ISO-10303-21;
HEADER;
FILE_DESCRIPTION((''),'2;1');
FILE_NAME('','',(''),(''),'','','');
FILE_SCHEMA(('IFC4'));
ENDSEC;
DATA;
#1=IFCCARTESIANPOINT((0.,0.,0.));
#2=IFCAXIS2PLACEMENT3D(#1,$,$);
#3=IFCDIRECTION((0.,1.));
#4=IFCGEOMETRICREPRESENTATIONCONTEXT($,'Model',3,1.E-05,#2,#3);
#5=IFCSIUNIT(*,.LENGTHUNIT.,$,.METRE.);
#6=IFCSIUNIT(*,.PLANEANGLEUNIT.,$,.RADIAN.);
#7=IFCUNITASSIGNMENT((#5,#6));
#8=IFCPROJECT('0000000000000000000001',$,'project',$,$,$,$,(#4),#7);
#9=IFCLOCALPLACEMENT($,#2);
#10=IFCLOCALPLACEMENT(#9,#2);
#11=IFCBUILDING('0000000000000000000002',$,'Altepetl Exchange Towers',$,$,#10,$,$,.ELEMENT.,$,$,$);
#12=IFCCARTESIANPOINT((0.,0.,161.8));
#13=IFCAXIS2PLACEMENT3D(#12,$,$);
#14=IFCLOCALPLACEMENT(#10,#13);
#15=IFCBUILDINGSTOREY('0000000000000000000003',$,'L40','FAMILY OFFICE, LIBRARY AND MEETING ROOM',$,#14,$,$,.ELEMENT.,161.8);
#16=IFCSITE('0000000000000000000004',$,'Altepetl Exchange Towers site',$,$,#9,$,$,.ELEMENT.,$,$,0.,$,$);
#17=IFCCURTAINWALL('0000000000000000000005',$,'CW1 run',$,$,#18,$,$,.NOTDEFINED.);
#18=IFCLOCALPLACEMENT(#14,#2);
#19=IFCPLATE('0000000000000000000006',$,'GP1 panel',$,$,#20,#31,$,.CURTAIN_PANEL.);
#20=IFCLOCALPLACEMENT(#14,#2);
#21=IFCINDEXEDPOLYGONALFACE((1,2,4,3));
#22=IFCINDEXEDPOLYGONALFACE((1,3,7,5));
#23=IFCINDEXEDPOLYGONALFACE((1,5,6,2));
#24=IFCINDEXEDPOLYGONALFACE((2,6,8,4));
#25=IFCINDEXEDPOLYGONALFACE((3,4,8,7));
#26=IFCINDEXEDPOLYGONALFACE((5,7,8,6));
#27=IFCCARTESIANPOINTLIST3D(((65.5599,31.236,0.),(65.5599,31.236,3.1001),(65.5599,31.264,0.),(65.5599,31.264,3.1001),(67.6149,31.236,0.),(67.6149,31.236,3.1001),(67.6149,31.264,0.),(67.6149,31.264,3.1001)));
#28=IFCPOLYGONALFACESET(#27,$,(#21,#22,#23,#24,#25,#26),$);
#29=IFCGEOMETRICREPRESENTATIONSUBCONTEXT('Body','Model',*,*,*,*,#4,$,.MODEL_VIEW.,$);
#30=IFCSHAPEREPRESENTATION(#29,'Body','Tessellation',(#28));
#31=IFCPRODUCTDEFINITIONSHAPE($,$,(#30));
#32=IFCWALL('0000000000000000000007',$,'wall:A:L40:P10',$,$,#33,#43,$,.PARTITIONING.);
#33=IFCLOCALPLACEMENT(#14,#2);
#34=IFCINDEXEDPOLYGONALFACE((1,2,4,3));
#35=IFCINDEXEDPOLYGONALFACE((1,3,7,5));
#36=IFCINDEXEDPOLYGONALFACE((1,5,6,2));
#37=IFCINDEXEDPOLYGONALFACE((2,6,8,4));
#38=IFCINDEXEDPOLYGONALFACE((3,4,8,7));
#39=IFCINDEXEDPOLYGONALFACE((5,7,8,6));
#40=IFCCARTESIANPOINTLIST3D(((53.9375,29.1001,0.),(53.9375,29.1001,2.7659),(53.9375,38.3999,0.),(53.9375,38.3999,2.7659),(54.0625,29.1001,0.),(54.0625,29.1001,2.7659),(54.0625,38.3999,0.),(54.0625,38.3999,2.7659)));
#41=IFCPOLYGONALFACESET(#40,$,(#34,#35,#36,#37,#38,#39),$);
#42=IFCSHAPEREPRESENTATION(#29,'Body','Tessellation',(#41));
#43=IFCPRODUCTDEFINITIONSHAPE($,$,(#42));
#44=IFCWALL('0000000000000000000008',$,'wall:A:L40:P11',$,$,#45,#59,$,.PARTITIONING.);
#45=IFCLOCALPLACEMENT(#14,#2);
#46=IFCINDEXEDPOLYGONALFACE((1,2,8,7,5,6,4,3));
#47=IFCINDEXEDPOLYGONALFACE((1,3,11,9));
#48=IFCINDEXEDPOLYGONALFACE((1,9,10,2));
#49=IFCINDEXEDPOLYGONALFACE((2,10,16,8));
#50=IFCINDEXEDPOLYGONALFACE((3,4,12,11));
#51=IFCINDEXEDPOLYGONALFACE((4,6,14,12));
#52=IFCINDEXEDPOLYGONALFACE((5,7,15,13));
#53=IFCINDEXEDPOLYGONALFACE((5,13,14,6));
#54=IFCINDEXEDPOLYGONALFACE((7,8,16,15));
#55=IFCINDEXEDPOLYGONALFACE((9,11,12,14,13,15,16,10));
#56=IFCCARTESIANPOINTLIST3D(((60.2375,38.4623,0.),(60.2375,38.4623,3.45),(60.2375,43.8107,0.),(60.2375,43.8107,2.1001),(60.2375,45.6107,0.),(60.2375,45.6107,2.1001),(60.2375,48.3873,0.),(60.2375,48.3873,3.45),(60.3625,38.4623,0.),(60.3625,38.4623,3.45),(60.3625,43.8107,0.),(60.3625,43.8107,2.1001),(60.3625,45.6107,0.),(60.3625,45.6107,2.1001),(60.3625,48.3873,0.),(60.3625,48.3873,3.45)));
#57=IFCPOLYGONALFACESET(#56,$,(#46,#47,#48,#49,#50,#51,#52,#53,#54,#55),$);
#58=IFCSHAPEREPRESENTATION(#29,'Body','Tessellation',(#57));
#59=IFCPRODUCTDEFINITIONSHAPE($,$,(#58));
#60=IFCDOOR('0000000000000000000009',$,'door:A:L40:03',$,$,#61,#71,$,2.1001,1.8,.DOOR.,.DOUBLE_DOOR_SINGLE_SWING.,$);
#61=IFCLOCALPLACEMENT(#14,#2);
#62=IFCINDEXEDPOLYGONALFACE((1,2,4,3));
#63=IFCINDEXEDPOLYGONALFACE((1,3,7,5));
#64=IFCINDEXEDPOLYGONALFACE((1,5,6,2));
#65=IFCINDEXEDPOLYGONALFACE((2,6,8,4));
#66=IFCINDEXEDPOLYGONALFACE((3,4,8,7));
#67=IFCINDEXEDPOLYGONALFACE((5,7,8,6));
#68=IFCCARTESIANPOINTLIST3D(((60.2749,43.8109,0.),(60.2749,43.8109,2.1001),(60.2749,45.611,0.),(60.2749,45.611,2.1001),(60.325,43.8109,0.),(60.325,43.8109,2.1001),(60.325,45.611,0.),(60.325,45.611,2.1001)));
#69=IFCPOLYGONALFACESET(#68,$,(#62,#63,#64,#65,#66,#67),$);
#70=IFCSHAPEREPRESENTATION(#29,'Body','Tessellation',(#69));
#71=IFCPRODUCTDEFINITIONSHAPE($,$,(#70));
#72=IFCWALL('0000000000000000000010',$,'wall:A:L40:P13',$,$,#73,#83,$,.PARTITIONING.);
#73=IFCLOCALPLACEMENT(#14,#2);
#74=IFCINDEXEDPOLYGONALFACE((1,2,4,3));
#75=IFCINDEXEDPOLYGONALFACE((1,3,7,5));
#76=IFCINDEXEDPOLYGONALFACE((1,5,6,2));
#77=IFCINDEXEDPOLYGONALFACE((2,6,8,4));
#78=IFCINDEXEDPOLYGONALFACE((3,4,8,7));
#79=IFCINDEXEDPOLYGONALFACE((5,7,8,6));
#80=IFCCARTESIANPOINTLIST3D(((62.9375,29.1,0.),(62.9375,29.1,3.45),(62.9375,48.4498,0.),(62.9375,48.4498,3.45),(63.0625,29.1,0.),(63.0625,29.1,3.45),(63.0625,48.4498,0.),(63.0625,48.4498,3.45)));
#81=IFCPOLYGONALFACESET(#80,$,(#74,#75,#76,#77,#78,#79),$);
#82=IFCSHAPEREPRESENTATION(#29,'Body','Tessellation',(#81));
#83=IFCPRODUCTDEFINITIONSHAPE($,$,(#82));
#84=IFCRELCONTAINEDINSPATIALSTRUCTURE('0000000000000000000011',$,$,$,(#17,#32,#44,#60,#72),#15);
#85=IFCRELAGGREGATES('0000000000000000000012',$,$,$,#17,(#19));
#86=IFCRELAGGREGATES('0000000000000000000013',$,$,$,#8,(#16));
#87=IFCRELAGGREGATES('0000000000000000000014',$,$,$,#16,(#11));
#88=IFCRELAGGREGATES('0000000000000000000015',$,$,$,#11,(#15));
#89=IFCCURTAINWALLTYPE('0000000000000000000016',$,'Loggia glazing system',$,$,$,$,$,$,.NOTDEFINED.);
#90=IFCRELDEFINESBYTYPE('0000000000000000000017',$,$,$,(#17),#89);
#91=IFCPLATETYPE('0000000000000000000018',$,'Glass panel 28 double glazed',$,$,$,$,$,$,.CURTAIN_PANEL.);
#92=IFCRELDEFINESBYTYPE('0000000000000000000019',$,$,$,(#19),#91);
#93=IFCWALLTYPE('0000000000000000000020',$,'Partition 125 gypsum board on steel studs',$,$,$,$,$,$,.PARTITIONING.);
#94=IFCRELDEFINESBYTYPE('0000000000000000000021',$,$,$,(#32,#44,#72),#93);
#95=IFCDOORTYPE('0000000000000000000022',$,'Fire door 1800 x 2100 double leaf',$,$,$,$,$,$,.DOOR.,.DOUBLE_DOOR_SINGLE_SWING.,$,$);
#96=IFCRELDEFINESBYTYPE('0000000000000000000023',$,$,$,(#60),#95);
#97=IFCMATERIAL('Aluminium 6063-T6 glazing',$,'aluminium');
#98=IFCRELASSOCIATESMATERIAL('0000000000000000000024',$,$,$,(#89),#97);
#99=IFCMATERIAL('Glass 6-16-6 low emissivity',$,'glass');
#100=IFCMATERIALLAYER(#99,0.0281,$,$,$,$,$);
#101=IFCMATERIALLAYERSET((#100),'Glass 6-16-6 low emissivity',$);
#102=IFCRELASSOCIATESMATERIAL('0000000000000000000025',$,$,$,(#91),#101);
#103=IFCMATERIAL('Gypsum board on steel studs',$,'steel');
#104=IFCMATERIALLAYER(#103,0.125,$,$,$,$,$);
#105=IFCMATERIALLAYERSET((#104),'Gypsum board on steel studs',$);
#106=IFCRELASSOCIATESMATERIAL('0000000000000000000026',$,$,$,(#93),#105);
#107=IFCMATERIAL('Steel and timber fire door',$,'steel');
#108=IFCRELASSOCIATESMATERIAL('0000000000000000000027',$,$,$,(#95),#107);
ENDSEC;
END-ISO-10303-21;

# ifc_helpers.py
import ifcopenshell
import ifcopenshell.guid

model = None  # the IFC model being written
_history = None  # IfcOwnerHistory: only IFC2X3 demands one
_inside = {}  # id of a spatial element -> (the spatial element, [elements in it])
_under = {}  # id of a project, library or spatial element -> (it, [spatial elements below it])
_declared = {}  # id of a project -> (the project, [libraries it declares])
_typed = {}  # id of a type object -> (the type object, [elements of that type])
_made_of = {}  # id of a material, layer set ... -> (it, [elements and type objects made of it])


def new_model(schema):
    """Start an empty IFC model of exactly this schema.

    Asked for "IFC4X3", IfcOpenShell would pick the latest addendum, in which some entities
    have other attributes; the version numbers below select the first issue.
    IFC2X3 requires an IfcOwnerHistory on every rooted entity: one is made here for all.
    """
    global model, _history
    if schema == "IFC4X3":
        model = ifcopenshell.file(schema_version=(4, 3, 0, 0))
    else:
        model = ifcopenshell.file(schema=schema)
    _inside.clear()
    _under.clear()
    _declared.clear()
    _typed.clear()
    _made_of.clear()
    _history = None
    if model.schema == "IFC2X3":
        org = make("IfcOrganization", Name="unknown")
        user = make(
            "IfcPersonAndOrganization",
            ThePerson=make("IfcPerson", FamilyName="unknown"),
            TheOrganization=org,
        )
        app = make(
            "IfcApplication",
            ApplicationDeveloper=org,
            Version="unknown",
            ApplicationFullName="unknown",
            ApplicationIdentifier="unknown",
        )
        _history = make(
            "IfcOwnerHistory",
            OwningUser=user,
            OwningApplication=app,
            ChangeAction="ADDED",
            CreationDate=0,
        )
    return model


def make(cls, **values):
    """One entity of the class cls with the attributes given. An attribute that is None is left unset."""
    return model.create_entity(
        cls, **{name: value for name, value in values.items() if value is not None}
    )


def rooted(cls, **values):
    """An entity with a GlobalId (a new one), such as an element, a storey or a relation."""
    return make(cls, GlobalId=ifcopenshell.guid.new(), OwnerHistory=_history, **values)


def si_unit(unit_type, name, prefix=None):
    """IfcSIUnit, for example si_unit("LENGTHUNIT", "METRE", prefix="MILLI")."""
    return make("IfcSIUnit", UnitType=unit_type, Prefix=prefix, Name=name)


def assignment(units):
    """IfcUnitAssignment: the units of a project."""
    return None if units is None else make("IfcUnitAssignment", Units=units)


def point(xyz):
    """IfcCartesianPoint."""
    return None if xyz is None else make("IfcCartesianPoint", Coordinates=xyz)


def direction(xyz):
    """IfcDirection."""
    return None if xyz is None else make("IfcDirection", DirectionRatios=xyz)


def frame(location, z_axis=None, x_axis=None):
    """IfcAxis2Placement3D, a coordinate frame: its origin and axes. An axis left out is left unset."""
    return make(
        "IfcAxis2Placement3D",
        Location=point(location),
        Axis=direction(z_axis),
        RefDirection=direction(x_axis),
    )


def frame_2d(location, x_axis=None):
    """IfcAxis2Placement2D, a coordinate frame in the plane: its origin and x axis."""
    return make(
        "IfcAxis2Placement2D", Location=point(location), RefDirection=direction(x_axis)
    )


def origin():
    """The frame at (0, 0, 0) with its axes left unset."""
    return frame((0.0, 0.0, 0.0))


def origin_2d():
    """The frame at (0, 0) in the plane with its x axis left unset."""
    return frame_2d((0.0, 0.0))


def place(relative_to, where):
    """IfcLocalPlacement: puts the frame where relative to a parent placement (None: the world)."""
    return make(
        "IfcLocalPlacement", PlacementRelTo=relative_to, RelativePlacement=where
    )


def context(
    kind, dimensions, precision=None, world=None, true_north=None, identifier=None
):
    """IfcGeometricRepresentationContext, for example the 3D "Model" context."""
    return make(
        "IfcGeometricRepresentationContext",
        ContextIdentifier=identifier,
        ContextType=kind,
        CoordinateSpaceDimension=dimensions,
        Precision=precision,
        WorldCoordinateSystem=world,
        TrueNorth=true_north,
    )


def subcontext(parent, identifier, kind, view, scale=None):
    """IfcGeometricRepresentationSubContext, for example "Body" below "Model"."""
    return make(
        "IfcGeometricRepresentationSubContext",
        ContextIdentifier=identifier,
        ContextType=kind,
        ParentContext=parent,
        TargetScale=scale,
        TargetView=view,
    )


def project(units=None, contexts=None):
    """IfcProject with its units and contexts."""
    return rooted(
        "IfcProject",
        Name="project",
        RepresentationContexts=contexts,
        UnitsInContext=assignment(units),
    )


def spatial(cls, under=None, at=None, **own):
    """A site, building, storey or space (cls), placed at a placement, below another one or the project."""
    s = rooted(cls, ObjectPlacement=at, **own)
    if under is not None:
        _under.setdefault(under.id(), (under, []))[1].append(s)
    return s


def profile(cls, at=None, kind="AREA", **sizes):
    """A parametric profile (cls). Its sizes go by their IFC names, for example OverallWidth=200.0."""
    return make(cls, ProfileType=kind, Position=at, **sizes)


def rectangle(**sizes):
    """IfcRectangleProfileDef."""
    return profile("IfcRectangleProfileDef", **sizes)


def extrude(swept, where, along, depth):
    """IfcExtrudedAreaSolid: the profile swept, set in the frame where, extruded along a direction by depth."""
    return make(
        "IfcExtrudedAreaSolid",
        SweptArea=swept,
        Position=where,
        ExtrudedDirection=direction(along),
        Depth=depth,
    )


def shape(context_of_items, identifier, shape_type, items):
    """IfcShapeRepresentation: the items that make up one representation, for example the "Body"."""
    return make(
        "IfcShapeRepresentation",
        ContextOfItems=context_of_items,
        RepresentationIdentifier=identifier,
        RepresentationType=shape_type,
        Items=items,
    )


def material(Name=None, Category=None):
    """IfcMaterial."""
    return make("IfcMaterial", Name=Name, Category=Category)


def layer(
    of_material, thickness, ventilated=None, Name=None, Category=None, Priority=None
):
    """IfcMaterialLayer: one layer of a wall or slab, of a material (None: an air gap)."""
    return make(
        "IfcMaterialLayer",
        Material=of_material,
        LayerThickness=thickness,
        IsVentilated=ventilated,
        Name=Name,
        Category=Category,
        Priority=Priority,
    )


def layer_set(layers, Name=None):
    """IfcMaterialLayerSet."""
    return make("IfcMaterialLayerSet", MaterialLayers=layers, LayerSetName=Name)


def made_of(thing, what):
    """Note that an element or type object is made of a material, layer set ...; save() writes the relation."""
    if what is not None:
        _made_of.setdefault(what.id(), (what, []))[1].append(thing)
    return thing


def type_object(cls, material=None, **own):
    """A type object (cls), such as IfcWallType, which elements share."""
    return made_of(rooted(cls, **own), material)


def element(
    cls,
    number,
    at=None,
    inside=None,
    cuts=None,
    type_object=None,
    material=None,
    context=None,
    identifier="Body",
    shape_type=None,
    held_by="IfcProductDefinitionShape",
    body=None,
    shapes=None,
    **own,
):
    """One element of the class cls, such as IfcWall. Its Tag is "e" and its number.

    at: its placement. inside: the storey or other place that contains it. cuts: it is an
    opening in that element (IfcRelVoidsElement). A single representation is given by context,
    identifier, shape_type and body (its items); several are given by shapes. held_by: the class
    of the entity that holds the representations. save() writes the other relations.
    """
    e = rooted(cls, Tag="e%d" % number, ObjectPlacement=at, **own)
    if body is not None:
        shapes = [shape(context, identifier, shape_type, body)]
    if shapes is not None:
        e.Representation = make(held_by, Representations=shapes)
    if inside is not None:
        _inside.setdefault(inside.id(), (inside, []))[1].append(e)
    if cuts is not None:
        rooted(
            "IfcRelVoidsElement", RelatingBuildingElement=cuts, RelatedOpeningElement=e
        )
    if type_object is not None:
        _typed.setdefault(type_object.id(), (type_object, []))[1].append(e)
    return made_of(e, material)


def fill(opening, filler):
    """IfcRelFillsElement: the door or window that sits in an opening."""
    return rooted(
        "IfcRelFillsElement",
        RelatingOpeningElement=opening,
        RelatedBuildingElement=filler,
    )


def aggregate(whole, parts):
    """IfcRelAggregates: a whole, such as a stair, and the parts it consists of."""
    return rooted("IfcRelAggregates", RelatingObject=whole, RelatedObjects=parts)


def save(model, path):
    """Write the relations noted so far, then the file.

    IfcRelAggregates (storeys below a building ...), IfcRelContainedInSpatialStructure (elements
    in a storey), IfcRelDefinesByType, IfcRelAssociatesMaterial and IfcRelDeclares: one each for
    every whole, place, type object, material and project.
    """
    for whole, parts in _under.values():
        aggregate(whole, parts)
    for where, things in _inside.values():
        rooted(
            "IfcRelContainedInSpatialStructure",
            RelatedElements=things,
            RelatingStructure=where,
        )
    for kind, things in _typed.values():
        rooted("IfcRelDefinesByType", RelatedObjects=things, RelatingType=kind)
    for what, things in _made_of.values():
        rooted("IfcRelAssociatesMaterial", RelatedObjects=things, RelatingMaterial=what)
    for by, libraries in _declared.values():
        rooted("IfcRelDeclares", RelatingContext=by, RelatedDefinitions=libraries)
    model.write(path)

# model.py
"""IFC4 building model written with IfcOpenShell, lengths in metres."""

from ifc_helpers import new_model, si_unit, direction, frame, frame_2d, origin, origin_2d, place, context, subcontext, project, spatial, rectangle, extrude, material, layer, layer_set, type_object, element, fill, aggregate, save


model = new_model("IFC4")

# Units and contexts
model_context = context("Model", 3, precision=1e-05, world=origin(), true_north=direction((0.0, 1.0)))
body_context = subcontext(model_context, "Body", "Model", "MODEL_VIEW")
ifc_project = project(units=[si_unit("LENGTHUNIT", "METRE"), si_unit("PLANEANGLEUNIT", "RADIAN")], contexts=[model_context])

# Site, building, storey
site_placement = place(None, origin())
site = spatial("IfcSite", under=ifc_project, at=site_placement, Name="Altepetl Exchange Towers site", CompositionType="ELEMENT", RefElevation=0.0)
building_placement = place(site_placement, origin())
building = spatial("IfcBuilding", under=site, at=building_placement, Name="Altepetl Exchange Towers", CompositionType="ELEMENT")
storey_placement = place(building_placement, frame((0.0, 0.0, 161.8)))
storey = spatial("IfcBuildingStorey", under=building, at=storey_placement, Name="L40", Description="FAMILY OFFICE, LIBRARY AND MEETING ROOM", CompositionType="ELEMENT", Elevation=161.8)

# Shared definitions
ifc_material_1 = material(Name="Aluminium 6063-T6 glazing", Category="aluminium")
curtain_wall_type = type_object("IfcCurtainWallType", Name="Loggia glazing system", PredefinedType="NOTDEFINED", material=ifc_material_1)

# Curtain wall
curtain_wall_1_placement = place(storey_placement, origin())
curtain_wall_1 = element("IfcCurtainWall", 1, at=curtain_wall_1_placement, inside=storey, type_object=curtain_wall_type, Name="CW1 run", PredefinedType="NOTDEFINED")

# Plate
ifc_material_2 = material(Name="Glass 6-16-6 low emissivity", Category="glass")
ifc_layer_1 = layer(ifc_material_2, 0.0281)
ifc_layer_set_1 = layer_set([ifc_layer_1], Name="Glass 6-16-6 low emissivity")
plate_type = type_object("IfcPlateType", Name="Glass panel 28 double glazed", PredefinedType="CURTAIN_PANEL", material=ifc_layer_set_1)
plate_1_placement = place(storey_placement, frame((66.5874, 31.25, 0.0)))
plate_1 = element("IfcPlate", 2, at=plate_1_placement, type_object=plate_type, Name="GP1 panel", PredefinedType="CURTAIN_PANEL", context=body_context, shape_type="SweptSolid", body=[
    extrude(rectangle(XDim=2.0549, YDim=0.0281, at=origin_2d()), origin(), (0.0, 0.0, 1.0), 3.1001),
])
aggregate(curtain_wall_1, [plate_1])

# Wall
ifc_material_3 = material(Name="Gypsum board on steel studs", Category="steel")
ifc_layer_2 = layer(ifc_material_3, 0.125)
ifc_layer_set_2 = layer_set([ifc_layer_2], Name="Gypsum board on steel studs")
wall_type = type_object("IfcWallType", Name="Partition 125 gypsum board on steel studs", PredefinedType="PARTITIONING", material=ifc_layer_set_2)
wall_1_placement = place(storey_placement, frame((54.0, 29.1001, 0.0), z_axis=(0.0, 0.0, 1.0), x_axis=(0.0, 1.0, 0.0)))
element("IfcWall", 3, at=wall_1_placement, inside=storey, type_object=wall_type, Name="wall:A:L40:P10", PredefinedType="PARTITIONING", context=body_context, shape_type="SweptSolid", body=[
    extrude(rectangle(XDim=9.2998, YDim=0.125, at=frame_2d((4.6499, 0.0))), origin(), (0.0, 0.0, 1.0), 2.7659),
])

# Wall, opening, door
wall_2_placement = place(storey_placement, frame((60.3, 38.4624, 0.0), z_axis=(0.0, 0.0, 1.0), x_axis=(0.0, 1.0, 0.0)))
wall_2 = element("IfcWall", 4, at=wall_2_placement, inside=storey, type_object=wall_type, Name="wall:A:L40:P11", PredefinedType="PARTITIONING", context=body_context, shape_type="SweptSolid", body=[
    extrude(rectangle(XDim=9.925, YDim=0.125, at=frame_2d((4.9624, 0.0))), origin(), (0.0, 0.0, 1.0), 3.45),
])
opening_placement = place(wall_2_placement, frame((5.3484, 0.0, 0.0)))
opening = element("IfcOpeningElement", 5, at=opening_placement, cuts=wall_2, PredefinedType="OPENING", context=body_context, shape_type="SweptSolid", body=[
    extrude(rectangle(XDim=1.8, YDim=2.1001, at=frame_2d((0.8999, 1.05))), frame((0.0, 0.0725, 0.0), z_axis=(0.0, -1.0, 0.0), x_axis=(1.0, 0.0, 0.0)), (0.0, 0.0, 1.0), 0.145),
])
ifc_material_4 = material(Name="Steel and timber fire door", Category="steel")
door_type = type_object("IfcDoorType", Name="Fire door 1800 x 2100 double leaf", OperationType="DOUBLE_DOOR_SINGLE_SWING", PredefinedType="DOOR", material=ifc_material_4)
door_placement = place(opening_placement, frame((1.8, 0.0, 0.0), x_axis=(-1.0, 0.0, 0.0)))
door = element("IfcDoor", 6, at=door_placement, inside=storey, type_object=door_type, Name="door:A:L40:03", OperationType="DOUBLE_DOOR_SINGLE_SWING", OverallHeight=2.1001, OverallWidth=1.8, PredefinedType="DOOR", context=body_context, shape_type="SweptSolid", body=[
    extrude(rectangle(XDim=1.8, YDim=2.1001, at=frame_2d((0.8999, 1.05))), frame((0.0, 0.0249, 0.0), z_axis=(0.0, -1.0, 0.0), x_axis=(1.0, 0.0, 0.0)), (0.0, 0.0, 1.0), 0.05),
])
fill(opening, door)

# Wall
wall_3_placement = place(storey_placement, frame((63.0, 29.1001, 0.0), z_axis=(0.0, 0.0, 1.0), x_axis=(0.0, 1.0, 0.0)))
element("IfcWall", 7, at=wall_3_placement, inside=storey, type_object=wall_type, Name="wall:A:L40:P13", PredefinedType="PARTITIONING", context=body_context, shape_type="SweptSolid", body=[
    extrude(rectangle(XDim=19.3499, YDim=0.125, at=frame_2d((9.6748, 0.0))), origin(), (0.0, 0.0, 1.0), 3.45),
])

save(model, "model.ifc")
